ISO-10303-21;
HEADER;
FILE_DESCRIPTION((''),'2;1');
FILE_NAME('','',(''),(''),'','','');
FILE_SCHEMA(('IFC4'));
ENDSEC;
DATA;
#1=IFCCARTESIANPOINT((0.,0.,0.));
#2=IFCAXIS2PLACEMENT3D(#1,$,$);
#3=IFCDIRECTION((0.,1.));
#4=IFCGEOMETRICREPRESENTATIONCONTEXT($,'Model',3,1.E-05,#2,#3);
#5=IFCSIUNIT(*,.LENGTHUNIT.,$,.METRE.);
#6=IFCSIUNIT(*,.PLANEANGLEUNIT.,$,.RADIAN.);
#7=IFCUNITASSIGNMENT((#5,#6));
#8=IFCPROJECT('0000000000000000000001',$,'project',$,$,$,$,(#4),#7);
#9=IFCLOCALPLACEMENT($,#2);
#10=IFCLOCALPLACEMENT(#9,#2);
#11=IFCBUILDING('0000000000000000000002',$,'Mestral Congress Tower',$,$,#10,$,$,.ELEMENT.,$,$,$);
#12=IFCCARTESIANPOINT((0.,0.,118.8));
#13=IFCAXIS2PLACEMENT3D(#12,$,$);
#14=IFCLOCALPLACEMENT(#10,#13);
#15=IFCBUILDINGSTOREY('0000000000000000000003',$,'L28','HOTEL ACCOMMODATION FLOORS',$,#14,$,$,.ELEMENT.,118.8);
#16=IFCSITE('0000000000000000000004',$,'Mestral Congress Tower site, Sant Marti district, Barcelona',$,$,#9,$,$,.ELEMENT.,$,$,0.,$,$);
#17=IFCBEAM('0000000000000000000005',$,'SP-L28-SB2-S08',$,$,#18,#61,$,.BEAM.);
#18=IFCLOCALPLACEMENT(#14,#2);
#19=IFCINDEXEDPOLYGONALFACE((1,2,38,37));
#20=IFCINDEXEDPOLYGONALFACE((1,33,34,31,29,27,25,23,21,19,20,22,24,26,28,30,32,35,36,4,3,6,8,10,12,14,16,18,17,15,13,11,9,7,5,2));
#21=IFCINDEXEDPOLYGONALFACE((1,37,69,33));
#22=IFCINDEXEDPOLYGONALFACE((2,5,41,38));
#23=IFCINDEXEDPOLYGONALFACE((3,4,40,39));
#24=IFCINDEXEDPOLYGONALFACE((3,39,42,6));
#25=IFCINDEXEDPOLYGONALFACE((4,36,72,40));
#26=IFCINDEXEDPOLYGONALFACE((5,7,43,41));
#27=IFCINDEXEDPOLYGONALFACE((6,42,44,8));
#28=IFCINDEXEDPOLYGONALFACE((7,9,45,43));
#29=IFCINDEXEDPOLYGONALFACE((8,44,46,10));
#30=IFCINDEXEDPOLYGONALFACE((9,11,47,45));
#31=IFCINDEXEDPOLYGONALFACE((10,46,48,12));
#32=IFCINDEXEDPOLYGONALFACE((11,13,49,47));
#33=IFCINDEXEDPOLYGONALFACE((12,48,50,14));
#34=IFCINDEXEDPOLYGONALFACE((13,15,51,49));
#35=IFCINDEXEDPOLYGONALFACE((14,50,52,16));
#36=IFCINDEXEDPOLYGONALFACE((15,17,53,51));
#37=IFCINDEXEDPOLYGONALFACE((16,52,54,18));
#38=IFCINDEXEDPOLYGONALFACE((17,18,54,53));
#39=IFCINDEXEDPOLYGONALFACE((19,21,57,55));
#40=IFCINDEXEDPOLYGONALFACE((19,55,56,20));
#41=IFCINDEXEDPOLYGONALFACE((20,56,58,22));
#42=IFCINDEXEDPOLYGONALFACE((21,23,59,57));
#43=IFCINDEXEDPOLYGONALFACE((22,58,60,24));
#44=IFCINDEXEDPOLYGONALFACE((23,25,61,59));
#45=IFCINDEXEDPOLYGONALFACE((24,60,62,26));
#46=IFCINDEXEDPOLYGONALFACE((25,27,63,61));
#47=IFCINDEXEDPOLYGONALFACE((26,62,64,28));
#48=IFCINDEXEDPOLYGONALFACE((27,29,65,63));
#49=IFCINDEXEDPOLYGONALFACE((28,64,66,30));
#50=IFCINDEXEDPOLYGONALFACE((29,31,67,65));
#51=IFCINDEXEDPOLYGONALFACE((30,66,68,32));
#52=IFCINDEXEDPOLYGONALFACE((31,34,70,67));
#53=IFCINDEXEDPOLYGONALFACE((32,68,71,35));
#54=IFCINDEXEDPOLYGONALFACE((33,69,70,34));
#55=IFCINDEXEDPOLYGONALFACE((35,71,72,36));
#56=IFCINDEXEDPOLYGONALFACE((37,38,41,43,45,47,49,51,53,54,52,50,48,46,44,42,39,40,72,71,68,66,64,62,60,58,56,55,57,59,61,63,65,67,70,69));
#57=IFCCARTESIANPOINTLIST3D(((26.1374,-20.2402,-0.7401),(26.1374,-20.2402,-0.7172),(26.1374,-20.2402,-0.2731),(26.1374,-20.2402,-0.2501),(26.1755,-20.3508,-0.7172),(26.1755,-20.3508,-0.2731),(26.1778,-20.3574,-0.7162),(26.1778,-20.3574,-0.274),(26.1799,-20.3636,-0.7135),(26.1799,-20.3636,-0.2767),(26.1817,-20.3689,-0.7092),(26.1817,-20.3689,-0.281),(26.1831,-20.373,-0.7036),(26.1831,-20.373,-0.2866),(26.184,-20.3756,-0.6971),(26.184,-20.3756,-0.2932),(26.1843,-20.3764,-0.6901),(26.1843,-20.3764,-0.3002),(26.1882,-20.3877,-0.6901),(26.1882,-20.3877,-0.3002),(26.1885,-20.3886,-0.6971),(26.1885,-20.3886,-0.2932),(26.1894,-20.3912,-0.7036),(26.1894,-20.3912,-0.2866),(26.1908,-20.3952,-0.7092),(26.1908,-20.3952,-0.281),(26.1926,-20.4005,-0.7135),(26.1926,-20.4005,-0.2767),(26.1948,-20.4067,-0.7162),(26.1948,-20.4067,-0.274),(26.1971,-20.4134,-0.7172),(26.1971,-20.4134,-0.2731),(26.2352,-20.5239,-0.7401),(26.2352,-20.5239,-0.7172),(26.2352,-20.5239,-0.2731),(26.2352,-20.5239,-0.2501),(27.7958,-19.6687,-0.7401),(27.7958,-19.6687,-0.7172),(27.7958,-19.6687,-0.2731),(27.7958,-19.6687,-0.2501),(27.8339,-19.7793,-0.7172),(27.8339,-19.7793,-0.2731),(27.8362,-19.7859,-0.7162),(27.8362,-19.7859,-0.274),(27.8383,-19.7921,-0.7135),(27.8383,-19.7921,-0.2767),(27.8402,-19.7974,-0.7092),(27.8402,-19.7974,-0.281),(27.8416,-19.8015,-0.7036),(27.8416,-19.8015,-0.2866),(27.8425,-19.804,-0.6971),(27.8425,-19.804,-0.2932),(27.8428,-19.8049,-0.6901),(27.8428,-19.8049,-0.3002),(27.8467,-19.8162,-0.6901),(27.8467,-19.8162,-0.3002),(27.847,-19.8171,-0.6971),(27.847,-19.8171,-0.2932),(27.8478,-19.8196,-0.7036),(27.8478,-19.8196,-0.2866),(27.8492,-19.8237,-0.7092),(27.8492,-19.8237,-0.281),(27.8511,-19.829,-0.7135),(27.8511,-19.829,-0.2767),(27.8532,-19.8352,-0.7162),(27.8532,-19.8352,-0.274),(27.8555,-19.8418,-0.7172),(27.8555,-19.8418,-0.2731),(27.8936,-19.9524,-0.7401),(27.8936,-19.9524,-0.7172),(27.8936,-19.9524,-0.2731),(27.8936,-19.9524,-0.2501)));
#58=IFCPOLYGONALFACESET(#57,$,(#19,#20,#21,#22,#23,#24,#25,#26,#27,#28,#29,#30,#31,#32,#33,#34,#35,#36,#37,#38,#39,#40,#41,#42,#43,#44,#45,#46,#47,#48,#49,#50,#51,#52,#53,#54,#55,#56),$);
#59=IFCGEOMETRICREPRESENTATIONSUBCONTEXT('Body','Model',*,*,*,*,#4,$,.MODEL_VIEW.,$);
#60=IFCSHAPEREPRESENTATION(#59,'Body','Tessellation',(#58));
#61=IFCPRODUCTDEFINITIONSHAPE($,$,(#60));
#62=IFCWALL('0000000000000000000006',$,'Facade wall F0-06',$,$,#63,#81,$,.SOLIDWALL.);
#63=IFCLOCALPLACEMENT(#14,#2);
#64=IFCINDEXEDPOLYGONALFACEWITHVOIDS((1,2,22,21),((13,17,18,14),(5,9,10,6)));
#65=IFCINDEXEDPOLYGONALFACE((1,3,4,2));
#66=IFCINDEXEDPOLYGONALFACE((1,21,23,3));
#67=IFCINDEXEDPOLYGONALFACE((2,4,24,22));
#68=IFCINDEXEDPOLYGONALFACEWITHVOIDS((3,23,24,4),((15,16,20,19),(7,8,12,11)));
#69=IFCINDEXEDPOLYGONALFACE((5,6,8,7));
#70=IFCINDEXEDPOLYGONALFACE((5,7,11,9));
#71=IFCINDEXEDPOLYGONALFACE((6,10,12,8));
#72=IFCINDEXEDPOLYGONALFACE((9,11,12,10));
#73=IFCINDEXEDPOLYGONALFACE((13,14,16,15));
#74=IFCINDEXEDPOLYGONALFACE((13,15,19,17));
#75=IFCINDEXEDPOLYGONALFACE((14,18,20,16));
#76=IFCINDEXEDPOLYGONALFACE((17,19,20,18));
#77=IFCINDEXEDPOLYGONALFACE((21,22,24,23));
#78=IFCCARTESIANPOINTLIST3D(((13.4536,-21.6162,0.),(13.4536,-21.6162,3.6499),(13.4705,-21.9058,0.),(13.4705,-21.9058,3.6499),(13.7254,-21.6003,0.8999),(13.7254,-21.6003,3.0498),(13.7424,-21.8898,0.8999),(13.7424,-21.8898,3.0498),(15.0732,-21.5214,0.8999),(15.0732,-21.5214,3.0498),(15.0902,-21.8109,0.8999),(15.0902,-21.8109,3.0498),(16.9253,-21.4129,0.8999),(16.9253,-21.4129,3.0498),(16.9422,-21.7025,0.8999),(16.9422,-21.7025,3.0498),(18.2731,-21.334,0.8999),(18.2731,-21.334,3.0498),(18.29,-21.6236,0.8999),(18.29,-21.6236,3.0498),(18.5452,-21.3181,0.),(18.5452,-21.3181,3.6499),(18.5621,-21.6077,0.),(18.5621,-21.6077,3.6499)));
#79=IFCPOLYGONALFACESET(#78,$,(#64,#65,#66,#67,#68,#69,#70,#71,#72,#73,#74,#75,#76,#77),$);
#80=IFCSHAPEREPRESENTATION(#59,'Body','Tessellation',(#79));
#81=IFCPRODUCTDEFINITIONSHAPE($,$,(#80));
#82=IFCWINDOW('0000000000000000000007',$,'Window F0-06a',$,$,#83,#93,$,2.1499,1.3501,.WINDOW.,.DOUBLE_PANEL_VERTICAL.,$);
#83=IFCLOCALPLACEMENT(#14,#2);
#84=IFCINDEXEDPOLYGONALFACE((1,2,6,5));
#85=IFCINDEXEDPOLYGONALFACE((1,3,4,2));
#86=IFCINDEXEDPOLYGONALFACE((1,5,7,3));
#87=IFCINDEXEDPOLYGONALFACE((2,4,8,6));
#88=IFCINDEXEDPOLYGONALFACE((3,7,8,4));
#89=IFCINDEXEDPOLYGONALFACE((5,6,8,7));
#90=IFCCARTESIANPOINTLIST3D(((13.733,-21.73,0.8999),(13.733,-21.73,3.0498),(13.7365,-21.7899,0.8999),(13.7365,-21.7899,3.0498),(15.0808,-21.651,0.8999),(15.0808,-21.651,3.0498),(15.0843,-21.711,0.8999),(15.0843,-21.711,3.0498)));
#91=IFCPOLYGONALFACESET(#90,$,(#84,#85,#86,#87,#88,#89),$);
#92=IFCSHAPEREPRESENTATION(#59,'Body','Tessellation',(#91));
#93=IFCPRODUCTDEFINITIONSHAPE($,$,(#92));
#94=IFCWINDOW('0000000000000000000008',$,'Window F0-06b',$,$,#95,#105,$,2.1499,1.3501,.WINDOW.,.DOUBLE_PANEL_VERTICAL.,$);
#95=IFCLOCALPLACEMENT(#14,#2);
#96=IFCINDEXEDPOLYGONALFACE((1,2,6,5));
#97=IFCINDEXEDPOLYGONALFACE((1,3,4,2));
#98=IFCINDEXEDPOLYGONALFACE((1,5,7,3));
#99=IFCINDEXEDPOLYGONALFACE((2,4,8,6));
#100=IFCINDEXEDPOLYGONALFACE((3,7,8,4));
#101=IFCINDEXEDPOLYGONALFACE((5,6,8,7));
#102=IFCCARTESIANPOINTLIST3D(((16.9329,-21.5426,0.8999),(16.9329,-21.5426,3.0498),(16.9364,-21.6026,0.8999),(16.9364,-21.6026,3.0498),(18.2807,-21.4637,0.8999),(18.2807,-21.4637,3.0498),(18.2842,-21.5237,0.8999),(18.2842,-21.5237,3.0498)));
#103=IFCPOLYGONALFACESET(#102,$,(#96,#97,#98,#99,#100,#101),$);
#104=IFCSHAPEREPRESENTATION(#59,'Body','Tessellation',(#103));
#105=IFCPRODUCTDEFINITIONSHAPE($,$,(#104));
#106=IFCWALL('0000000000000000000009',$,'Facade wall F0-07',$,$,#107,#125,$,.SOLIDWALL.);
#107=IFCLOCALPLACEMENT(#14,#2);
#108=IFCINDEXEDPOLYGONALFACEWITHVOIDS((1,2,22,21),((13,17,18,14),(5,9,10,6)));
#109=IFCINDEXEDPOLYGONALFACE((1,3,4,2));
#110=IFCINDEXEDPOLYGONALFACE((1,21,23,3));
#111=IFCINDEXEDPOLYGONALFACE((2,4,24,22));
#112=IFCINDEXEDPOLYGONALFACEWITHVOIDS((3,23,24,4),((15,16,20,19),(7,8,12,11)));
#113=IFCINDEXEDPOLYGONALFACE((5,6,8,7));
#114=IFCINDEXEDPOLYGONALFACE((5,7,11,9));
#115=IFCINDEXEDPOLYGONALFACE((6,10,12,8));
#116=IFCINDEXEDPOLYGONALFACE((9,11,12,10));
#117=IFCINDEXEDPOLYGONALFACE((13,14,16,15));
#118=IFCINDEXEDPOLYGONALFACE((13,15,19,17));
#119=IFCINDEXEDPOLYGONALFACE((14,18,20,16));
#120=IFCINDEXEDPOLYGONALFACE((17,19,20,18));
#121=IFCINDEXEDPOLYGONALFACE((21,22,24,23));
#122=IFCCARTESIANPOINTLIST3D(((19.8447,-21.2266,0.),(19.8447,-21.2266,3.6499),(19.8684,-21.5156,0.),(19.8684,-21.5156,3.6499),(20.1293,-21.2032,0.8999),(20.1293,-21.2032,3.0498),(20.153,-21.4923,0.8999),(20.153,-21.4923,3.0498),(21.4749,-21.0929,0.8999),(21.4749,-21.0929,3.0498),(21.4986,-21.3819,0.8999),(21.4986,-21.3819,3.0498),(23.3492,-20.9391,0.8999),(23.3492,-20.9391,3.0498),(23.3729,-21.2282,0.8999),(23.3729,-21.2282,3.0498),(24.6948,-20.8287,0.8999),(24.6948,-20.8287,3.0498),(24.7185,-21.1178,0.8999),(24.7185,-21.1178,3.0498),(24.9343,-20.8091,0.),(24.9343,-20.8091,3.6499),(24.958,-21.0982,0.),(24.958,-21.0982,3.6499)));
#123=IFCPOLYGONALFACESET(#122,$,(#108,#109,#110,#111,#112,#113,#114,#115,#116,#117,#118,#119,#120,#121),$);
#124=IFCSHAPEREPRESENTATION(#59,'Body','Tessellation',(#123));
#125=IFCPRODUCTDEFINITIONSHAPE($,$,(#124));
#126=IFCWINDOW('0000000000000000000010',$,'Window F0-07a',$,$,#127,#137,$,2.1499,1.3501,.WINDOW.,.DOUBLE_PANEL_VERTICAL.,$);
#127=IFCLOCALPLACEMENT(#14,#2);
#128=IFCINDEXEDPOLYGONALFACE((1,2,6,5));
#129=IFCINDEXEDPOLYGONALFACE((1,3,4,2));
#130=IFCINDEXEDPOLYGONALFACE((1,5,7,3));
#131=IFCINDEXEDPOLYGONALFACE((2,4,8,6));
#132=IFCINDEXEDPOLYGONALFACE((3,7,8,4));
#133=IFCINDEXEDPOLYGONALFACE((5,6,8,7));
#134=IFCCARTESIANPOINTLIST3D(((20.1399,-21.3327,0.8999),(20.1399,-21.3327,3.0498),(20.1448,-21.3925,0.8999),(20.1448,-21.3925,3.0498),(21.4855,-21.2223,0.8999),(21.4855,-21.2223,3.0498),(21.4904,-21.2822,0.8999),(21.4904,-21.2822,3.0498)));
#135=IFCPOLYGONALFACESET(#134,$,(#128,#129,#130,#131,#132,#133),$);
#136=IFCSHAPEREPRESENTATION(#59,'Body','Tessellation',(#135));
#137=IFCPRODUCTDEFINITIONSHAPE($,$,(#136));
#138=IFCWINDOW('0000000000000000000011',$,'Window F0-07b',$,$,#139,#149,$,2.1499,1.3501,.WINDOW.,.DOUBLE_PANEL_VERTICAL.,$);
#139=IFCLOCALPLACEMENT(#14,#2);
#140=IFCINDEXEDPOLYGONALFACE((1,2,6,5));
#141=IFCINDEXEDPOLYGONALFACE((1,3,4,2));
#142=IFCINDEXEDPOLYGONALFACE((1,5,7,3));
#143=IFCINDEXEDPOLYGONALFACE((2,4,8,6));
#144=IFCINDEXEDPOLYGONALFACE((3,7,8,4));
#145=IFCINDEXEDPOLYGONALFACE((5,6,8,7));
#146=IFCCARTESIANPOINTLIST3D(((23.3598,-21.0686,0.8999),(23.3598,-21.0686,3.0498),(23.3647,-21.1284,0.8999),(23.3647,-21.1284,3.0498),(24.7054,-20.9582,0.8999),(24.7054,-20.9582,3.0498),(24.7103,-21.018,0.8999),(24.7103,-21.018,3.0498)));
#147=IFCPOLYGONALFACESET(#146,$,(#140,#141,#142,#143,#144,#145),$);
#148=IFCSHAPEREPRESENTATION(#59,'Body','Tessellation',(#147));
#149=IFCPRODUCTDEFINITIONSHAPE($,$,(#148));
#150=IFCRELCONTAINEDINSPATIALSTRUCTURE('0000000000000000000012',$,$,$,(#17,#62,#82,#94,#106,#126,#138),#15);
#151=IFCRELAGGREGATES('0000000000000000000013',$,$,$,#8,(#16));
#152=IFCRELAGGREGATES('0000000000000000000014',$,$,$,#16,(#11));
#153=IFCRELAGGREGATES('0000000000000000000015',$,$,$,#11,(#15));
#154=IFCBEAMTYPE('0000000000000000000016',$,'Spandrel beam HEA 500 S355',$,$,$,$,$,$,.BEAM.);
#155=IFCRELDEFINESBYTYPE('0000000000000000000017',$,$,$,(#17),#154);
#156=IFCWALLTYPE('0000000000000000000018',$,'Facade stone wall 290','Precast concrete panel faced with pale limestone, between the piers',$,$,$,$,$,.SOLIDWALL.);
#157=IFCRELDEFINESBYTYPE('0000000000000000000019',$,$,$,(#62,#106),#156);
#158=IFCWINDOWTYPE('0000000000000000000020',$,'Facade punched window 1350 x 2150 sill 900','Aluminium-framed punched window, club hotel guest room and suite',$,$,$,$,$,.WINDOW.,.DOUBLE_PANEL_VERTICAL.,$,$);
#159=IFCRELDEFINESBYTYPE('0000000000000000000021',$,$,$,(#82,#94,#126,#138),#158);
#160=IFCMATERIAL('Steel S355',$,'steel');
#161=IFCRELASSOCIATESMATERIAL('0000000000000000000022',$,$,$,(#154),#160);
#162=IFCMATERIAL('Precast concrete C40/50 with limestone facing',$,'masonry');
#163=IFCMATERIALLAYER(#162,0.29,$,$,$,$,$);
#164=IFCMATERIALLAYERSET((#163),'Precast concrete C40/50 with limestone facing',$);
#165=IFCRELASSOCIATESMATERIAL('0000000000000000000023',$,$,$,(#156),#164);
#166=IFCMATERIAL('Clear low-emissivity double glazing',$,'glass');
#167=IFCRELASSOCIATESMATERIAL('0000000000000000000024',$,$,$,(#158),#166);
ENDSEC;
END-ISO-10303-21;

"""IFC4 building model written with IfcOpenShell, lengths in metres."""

from ifc_helpers import new_model, si_unit, direction, frame, frame_2d, origin, origin_2d, place, context, subcontext, project, spatial, rectangle, i_section, extrude, material, layer, layer_set, material_profile, profile_set, type_object, element, fill, save


model = new_model("IFC4")

# Units and contexts
model_context = context("Model", 3, precision=1e-05, world=origin(), true_north=direction((0.0, 1.0)))
body_context = subcontext(model_context, "Body", "Model", "MODEL_VIEW")
ifc_project = project(units=[si_unit("LENGTHUNIT", "METRE"), si_unit("PLANEANGLEUNIT", "RADIAN")], contexts=[model_context])

# Site, building, storey
site_placement = place(None, origin())
site = spatial("IfcSite", under=ifc_project, at=site_placement, Name="Mestral Congress Tower site, Sant Marti district, Barcelona", CompositionType="ELEMENT", RefElevation=0.0)
building_placement = place(site_placement, origin())
building = spatial("IfcBuilding", under=site, at=building_placement, Name="Mestral Congress Tower", CompositionType="ELEMENT")
storey_placement = place(building_placement, frame((0.0, 0.0, 118.8)))
storey = spatial("IfcBuildingStorey", under=building, at=storey_placement, Name="L28", Description="HOTEL ACCOMMODATION FLOORS", CompositionType="ELEMENT", Elevation=118.8)

# Beam
ifc_material_1 = material(Name="Steel S355", Category="steel")
ifc_material_profile_1 = material_profile(ifc_material_1, i_section(OverallWidth=0.3, OverallDepth=0.49, WebThickness=0.012, FlangeThickness=0.0229, FilletRadius=0.0271, at=origin_2d()), Name="HEA 500")
ifc_profile_set_1 = profile_set([ifc_material_profile_1], Name="Steel S355")
beam_type_1 = type_object("IfcBeamType", Name="Spandrel beam HEA 500 S355", PredefinedType="BEAM", material=ifc_profile_set_1)
beam_1_placement = place(storey_placement, frame((26.1863, -20.3821, -0.4951), z_axis=(0.945434, 0.325815, 0.0), x_axis=(-0.325815, 0.945434, 0.0)))
element("IfcBeam", 1, at=beam_1_placement, inside=storey, type_object=beam_type_1, Name="SP-L28-SB2-S08", PredefinedType="BEAM", context=body_context, shape_type="SweptSolid", body=[
    extrude(i_section(OverallWidth=0.3, OverallDepth=0.49, WebThickness=0.012, FlangeThickness=0.0229, FilletRadius=0.0271, at=origin_2d()), origin(), (0.0, 0.0, 1.0), 1.7542),
])

# Walls, openings, windows
ifc_material_2 = material(Name="Precast concrete C40/50 with limestone facing", Category="masonry")
ifc_layer_1 = layer(ifc_material_2, 0.29)
ifc_layer_set_1 = layer_set([ifc_layer_1], Name="Precast concrete C40/50 with limestone facing")
wall_type_1 = type_object("IfcWallType", Name="Facade stone wall 290", Description="Precast concrete panel faced with pale limestone, between the piers", PredefinedType="SOLIDWALL", material=ifc_layer_set_1)
wall_1_placement = place(storey_placement, frame((13.4619, -21.761, 0.0), z_axis=(0.0, 0.0, 1.0), x_axis=(0.998291, 0.058447, 0.0)))
wall_1 = element("IfcWall", 2, at=wall_1_placement, inside=storey, type_object=wall_type_1, Name="Facade wall F0-06", PredefinedType="SOLIDWALL", context=body_context, shape_type="SweptSolid", body=[
    extrude(rectangle(XDim=5.1003, YDim=0.29, at=frame_2d((2.5503, 0.0))), origin(), (0.0, 0.0, 1.0), 3.6499),
])
opening_1_placement = place(wall_1_placement, frame((0.2725, 0.0, 0.8999)))
opening_1 = element("IfcOpeningElement", 3, at=opening_1_placement, cuts=wall_1, PredefinedType="OPENING", context=body_context, shape_type="SweptSolid", body=[
    extrude(rectangle(XDim=1.3501, YDim=2.1499, at=frame_2d((0.675, 1.075))), frame((0.0, 0.155, 0.0), z_axis=(0.0, -1.0, 0.0), x_axis=(1.0, 0.0, 0.0)), (0.0, 0.0, 1.0), 0.3101),
])
opening_2_placement = place(wall_1_placement, frame((3.4778, 0.0, 0.8999)))
opening_2 = element("IfcOpeningElement", 4, at=opening_2_placement, cuts=wall_1, PredefinedType="OPENING", context=body_context, shape_type="SweptSolid", body=[
    extrude(rectangle(XDim=1.3501, YDim=2.1499, at=frame_2d((0.675, 1.075))), frame((0.0, 0.155, 0.0), z_axis=(0.0, -1.0, 0.0), x_axis=(1.0, 0.0, 0.0)), (0.0, 0.0, 1.0), 0.3101),
])
ifc_material_3 = material(Name="Clear low-emissivity double glazing", Category="glass")
window_type_1 = type_object("IfcWindowType", Name="Facade punched window 1350 x 2150 sill 900", Description="Aluminium-framed punched window, club hotel guest room and suite", PartitioningType="DOUBLE_PANEL_VERTICAL", PredefinedType="WINDOW", material=ifc_material_3)
window_1_placement = place(opening_1_placement, origin())
window_1 = element("IfcWindow", 5, at=window_1_placement, inside=storey, type_object=window_type_1, Name="Window F0-06a", OverallHeight=2.1499, OverallWidth=1.3501, PartitioningType="DOUBLE_PANEL_VERTICAL", PredefinedType="WINDOW", context=body_context, shape_type="SweptSolid", body=[
    extrude(rectangle(XDim=1.3501, YDim=2.1499, at=frame_2d((0.675, 1.075))), frame((0.0, 0.0151, 0.0), z_axis=(0.0, -1.0, 0.0), x_axis=(1.0, 0.0, 0.0)), (0.0, 0.0, 1.0), 0.0601),
])
fill(opening_1, window_1)
window_2_placement = place(opening_2_placement, origin())
window_2 = element("IfcWindow", 6, at=window_2_placement, inside=storey, type_object=window_type_1, Name="Window F0-06b", OverallHeight=2.1499, OverallWidth=1.3501, PartitioningType="DOUBLE_PANEL_VERTICAL", PredefinedType="WINDOW", context=body_context, shape_type="SweptSolid", body=[
    extrude(rectangle(XDim=1.3501, YDim=2.1499, at=frame_2d((0.675, 1.075))), frame((0.0, 0.0151, 0.0), z_axis=(0.0, -1.0, 0.0), x_axis=(1.0, 0.0, 0.0)), (0.0, 0.0, 1.0), 0.0601),
])
fill(opening_2, window_2)
wall_2_placement = place(storey_placement, frame((19.8567, -21.3711, 0.0), z_axis=(0.0, 0.0, 1.0), x_axis=(0.996653, 0.081752, 0.0)))
wall_2 = element("IfcWall", 7, at=wall_2_placement, inside=storey, type_object=wall_type_1, Name="Facade wall F0-07", PredefinedType="SOLIDWALL", context=body_context, shape_type="SweptSolid", body=[
    extrude(rectangle(XDim=5.1067, YDim=0.29, at=frame_2d((2.5532, 0.0))), origin(), (0.0, 0.0, 1.0), 3.6499),
])
opening_3_placement = place(wall_2_placement, frame((0.2854, 0.0, 0.8999)))
opening_3 = element("IfcOpeningElement", 8, at=opening_3_placement, cuts=wall_2, PredefinedType="OPENING", context=body_context, shape_type="SweptSolid", body=[
    extrude(rectangle(XDim=1.3501, YDim=2.1499, at=frame_2d((0.675, 1.075))), frame((0.0, 0.155, 0.0), z_axis=(0.0, -1.0, 0.0), x_axis=(1.0, 0.0, 0.0)), (0.0, 0.0, 1.0), 0.3101),
])
opening_4_placement = place(wall_2_placement, frame((3.5161, 0.0, 0.8999)))
opening_4 = element("IfcOpeningElement", 9, at=opening_4_placement, cuts=wall_2, PredefinedType="OPENING", context=body_context, shape_type="SweptSolid", body=[
    extrude(rectangle(XDim=1.3501, YDim=2.1499, at=frame_2d((0.675, 1.075))), frame((0.0, 0.155, 0.0), z_axis=(0.0, -1.0, 0.0), x_axis=(1.0, 0.0, 0.0)), (0.0, 0.0, 1.0), 0.3101),
])
window_3_placement = place(opening_3_placement, origin())
window_3 = element("IfcWindow", 10, at=window_3_placement, inside=storey, type_object=window_type_1, Name="Window F0-07a", OverallHeight=2.1499, OverallWidth=1.3501, PartitioningType="DOUBLE_PANEL_VERTICAL", PredefinedType="WINDOW", context=body_context, shape_type="SweptSolid", body=[
    extrude(rectangle(XDim=1.3501, YDim=2.1499, at=frame_2d((0.675, 1.075))), frame((0.0, 0.0151, 0.0), z_axis=(0.0, -1.0, 0.0), x_axis=(1.0, 0.0, 0.0)), (0.0, 0.0, 1.0), 0.0601),
])
fill(opening_3, window_3)
window_4_placement = place(opening_4_placement, origin())
window_4 = element("IfcWindow", 11, at=window_4_placement, inside=storey, type_object=window_type_1, Name="Window F0-07b", OverallHeight=2.1499, OverallWidth=1.3501, PartitioningType="DOUBLE_PANEL_VERTICAL", PredefinedType="WINDOW", context=body_context, shape_type="SweptSolid", body=[
    extrude(rectangle(XDim=1.3501, YDim=2.1499, at=frame_2d((0.675, 1.075))), frame((0.0, 0.0151, 0.0), z_axis=(0.0, -1.0, 0.0), x_axis=(1.0, 0.0, 0.0)), (0.0, 0.0, 1.0), 0.0601),
])
fill(opening_4, window_4)

save(model, "model.ifc")
